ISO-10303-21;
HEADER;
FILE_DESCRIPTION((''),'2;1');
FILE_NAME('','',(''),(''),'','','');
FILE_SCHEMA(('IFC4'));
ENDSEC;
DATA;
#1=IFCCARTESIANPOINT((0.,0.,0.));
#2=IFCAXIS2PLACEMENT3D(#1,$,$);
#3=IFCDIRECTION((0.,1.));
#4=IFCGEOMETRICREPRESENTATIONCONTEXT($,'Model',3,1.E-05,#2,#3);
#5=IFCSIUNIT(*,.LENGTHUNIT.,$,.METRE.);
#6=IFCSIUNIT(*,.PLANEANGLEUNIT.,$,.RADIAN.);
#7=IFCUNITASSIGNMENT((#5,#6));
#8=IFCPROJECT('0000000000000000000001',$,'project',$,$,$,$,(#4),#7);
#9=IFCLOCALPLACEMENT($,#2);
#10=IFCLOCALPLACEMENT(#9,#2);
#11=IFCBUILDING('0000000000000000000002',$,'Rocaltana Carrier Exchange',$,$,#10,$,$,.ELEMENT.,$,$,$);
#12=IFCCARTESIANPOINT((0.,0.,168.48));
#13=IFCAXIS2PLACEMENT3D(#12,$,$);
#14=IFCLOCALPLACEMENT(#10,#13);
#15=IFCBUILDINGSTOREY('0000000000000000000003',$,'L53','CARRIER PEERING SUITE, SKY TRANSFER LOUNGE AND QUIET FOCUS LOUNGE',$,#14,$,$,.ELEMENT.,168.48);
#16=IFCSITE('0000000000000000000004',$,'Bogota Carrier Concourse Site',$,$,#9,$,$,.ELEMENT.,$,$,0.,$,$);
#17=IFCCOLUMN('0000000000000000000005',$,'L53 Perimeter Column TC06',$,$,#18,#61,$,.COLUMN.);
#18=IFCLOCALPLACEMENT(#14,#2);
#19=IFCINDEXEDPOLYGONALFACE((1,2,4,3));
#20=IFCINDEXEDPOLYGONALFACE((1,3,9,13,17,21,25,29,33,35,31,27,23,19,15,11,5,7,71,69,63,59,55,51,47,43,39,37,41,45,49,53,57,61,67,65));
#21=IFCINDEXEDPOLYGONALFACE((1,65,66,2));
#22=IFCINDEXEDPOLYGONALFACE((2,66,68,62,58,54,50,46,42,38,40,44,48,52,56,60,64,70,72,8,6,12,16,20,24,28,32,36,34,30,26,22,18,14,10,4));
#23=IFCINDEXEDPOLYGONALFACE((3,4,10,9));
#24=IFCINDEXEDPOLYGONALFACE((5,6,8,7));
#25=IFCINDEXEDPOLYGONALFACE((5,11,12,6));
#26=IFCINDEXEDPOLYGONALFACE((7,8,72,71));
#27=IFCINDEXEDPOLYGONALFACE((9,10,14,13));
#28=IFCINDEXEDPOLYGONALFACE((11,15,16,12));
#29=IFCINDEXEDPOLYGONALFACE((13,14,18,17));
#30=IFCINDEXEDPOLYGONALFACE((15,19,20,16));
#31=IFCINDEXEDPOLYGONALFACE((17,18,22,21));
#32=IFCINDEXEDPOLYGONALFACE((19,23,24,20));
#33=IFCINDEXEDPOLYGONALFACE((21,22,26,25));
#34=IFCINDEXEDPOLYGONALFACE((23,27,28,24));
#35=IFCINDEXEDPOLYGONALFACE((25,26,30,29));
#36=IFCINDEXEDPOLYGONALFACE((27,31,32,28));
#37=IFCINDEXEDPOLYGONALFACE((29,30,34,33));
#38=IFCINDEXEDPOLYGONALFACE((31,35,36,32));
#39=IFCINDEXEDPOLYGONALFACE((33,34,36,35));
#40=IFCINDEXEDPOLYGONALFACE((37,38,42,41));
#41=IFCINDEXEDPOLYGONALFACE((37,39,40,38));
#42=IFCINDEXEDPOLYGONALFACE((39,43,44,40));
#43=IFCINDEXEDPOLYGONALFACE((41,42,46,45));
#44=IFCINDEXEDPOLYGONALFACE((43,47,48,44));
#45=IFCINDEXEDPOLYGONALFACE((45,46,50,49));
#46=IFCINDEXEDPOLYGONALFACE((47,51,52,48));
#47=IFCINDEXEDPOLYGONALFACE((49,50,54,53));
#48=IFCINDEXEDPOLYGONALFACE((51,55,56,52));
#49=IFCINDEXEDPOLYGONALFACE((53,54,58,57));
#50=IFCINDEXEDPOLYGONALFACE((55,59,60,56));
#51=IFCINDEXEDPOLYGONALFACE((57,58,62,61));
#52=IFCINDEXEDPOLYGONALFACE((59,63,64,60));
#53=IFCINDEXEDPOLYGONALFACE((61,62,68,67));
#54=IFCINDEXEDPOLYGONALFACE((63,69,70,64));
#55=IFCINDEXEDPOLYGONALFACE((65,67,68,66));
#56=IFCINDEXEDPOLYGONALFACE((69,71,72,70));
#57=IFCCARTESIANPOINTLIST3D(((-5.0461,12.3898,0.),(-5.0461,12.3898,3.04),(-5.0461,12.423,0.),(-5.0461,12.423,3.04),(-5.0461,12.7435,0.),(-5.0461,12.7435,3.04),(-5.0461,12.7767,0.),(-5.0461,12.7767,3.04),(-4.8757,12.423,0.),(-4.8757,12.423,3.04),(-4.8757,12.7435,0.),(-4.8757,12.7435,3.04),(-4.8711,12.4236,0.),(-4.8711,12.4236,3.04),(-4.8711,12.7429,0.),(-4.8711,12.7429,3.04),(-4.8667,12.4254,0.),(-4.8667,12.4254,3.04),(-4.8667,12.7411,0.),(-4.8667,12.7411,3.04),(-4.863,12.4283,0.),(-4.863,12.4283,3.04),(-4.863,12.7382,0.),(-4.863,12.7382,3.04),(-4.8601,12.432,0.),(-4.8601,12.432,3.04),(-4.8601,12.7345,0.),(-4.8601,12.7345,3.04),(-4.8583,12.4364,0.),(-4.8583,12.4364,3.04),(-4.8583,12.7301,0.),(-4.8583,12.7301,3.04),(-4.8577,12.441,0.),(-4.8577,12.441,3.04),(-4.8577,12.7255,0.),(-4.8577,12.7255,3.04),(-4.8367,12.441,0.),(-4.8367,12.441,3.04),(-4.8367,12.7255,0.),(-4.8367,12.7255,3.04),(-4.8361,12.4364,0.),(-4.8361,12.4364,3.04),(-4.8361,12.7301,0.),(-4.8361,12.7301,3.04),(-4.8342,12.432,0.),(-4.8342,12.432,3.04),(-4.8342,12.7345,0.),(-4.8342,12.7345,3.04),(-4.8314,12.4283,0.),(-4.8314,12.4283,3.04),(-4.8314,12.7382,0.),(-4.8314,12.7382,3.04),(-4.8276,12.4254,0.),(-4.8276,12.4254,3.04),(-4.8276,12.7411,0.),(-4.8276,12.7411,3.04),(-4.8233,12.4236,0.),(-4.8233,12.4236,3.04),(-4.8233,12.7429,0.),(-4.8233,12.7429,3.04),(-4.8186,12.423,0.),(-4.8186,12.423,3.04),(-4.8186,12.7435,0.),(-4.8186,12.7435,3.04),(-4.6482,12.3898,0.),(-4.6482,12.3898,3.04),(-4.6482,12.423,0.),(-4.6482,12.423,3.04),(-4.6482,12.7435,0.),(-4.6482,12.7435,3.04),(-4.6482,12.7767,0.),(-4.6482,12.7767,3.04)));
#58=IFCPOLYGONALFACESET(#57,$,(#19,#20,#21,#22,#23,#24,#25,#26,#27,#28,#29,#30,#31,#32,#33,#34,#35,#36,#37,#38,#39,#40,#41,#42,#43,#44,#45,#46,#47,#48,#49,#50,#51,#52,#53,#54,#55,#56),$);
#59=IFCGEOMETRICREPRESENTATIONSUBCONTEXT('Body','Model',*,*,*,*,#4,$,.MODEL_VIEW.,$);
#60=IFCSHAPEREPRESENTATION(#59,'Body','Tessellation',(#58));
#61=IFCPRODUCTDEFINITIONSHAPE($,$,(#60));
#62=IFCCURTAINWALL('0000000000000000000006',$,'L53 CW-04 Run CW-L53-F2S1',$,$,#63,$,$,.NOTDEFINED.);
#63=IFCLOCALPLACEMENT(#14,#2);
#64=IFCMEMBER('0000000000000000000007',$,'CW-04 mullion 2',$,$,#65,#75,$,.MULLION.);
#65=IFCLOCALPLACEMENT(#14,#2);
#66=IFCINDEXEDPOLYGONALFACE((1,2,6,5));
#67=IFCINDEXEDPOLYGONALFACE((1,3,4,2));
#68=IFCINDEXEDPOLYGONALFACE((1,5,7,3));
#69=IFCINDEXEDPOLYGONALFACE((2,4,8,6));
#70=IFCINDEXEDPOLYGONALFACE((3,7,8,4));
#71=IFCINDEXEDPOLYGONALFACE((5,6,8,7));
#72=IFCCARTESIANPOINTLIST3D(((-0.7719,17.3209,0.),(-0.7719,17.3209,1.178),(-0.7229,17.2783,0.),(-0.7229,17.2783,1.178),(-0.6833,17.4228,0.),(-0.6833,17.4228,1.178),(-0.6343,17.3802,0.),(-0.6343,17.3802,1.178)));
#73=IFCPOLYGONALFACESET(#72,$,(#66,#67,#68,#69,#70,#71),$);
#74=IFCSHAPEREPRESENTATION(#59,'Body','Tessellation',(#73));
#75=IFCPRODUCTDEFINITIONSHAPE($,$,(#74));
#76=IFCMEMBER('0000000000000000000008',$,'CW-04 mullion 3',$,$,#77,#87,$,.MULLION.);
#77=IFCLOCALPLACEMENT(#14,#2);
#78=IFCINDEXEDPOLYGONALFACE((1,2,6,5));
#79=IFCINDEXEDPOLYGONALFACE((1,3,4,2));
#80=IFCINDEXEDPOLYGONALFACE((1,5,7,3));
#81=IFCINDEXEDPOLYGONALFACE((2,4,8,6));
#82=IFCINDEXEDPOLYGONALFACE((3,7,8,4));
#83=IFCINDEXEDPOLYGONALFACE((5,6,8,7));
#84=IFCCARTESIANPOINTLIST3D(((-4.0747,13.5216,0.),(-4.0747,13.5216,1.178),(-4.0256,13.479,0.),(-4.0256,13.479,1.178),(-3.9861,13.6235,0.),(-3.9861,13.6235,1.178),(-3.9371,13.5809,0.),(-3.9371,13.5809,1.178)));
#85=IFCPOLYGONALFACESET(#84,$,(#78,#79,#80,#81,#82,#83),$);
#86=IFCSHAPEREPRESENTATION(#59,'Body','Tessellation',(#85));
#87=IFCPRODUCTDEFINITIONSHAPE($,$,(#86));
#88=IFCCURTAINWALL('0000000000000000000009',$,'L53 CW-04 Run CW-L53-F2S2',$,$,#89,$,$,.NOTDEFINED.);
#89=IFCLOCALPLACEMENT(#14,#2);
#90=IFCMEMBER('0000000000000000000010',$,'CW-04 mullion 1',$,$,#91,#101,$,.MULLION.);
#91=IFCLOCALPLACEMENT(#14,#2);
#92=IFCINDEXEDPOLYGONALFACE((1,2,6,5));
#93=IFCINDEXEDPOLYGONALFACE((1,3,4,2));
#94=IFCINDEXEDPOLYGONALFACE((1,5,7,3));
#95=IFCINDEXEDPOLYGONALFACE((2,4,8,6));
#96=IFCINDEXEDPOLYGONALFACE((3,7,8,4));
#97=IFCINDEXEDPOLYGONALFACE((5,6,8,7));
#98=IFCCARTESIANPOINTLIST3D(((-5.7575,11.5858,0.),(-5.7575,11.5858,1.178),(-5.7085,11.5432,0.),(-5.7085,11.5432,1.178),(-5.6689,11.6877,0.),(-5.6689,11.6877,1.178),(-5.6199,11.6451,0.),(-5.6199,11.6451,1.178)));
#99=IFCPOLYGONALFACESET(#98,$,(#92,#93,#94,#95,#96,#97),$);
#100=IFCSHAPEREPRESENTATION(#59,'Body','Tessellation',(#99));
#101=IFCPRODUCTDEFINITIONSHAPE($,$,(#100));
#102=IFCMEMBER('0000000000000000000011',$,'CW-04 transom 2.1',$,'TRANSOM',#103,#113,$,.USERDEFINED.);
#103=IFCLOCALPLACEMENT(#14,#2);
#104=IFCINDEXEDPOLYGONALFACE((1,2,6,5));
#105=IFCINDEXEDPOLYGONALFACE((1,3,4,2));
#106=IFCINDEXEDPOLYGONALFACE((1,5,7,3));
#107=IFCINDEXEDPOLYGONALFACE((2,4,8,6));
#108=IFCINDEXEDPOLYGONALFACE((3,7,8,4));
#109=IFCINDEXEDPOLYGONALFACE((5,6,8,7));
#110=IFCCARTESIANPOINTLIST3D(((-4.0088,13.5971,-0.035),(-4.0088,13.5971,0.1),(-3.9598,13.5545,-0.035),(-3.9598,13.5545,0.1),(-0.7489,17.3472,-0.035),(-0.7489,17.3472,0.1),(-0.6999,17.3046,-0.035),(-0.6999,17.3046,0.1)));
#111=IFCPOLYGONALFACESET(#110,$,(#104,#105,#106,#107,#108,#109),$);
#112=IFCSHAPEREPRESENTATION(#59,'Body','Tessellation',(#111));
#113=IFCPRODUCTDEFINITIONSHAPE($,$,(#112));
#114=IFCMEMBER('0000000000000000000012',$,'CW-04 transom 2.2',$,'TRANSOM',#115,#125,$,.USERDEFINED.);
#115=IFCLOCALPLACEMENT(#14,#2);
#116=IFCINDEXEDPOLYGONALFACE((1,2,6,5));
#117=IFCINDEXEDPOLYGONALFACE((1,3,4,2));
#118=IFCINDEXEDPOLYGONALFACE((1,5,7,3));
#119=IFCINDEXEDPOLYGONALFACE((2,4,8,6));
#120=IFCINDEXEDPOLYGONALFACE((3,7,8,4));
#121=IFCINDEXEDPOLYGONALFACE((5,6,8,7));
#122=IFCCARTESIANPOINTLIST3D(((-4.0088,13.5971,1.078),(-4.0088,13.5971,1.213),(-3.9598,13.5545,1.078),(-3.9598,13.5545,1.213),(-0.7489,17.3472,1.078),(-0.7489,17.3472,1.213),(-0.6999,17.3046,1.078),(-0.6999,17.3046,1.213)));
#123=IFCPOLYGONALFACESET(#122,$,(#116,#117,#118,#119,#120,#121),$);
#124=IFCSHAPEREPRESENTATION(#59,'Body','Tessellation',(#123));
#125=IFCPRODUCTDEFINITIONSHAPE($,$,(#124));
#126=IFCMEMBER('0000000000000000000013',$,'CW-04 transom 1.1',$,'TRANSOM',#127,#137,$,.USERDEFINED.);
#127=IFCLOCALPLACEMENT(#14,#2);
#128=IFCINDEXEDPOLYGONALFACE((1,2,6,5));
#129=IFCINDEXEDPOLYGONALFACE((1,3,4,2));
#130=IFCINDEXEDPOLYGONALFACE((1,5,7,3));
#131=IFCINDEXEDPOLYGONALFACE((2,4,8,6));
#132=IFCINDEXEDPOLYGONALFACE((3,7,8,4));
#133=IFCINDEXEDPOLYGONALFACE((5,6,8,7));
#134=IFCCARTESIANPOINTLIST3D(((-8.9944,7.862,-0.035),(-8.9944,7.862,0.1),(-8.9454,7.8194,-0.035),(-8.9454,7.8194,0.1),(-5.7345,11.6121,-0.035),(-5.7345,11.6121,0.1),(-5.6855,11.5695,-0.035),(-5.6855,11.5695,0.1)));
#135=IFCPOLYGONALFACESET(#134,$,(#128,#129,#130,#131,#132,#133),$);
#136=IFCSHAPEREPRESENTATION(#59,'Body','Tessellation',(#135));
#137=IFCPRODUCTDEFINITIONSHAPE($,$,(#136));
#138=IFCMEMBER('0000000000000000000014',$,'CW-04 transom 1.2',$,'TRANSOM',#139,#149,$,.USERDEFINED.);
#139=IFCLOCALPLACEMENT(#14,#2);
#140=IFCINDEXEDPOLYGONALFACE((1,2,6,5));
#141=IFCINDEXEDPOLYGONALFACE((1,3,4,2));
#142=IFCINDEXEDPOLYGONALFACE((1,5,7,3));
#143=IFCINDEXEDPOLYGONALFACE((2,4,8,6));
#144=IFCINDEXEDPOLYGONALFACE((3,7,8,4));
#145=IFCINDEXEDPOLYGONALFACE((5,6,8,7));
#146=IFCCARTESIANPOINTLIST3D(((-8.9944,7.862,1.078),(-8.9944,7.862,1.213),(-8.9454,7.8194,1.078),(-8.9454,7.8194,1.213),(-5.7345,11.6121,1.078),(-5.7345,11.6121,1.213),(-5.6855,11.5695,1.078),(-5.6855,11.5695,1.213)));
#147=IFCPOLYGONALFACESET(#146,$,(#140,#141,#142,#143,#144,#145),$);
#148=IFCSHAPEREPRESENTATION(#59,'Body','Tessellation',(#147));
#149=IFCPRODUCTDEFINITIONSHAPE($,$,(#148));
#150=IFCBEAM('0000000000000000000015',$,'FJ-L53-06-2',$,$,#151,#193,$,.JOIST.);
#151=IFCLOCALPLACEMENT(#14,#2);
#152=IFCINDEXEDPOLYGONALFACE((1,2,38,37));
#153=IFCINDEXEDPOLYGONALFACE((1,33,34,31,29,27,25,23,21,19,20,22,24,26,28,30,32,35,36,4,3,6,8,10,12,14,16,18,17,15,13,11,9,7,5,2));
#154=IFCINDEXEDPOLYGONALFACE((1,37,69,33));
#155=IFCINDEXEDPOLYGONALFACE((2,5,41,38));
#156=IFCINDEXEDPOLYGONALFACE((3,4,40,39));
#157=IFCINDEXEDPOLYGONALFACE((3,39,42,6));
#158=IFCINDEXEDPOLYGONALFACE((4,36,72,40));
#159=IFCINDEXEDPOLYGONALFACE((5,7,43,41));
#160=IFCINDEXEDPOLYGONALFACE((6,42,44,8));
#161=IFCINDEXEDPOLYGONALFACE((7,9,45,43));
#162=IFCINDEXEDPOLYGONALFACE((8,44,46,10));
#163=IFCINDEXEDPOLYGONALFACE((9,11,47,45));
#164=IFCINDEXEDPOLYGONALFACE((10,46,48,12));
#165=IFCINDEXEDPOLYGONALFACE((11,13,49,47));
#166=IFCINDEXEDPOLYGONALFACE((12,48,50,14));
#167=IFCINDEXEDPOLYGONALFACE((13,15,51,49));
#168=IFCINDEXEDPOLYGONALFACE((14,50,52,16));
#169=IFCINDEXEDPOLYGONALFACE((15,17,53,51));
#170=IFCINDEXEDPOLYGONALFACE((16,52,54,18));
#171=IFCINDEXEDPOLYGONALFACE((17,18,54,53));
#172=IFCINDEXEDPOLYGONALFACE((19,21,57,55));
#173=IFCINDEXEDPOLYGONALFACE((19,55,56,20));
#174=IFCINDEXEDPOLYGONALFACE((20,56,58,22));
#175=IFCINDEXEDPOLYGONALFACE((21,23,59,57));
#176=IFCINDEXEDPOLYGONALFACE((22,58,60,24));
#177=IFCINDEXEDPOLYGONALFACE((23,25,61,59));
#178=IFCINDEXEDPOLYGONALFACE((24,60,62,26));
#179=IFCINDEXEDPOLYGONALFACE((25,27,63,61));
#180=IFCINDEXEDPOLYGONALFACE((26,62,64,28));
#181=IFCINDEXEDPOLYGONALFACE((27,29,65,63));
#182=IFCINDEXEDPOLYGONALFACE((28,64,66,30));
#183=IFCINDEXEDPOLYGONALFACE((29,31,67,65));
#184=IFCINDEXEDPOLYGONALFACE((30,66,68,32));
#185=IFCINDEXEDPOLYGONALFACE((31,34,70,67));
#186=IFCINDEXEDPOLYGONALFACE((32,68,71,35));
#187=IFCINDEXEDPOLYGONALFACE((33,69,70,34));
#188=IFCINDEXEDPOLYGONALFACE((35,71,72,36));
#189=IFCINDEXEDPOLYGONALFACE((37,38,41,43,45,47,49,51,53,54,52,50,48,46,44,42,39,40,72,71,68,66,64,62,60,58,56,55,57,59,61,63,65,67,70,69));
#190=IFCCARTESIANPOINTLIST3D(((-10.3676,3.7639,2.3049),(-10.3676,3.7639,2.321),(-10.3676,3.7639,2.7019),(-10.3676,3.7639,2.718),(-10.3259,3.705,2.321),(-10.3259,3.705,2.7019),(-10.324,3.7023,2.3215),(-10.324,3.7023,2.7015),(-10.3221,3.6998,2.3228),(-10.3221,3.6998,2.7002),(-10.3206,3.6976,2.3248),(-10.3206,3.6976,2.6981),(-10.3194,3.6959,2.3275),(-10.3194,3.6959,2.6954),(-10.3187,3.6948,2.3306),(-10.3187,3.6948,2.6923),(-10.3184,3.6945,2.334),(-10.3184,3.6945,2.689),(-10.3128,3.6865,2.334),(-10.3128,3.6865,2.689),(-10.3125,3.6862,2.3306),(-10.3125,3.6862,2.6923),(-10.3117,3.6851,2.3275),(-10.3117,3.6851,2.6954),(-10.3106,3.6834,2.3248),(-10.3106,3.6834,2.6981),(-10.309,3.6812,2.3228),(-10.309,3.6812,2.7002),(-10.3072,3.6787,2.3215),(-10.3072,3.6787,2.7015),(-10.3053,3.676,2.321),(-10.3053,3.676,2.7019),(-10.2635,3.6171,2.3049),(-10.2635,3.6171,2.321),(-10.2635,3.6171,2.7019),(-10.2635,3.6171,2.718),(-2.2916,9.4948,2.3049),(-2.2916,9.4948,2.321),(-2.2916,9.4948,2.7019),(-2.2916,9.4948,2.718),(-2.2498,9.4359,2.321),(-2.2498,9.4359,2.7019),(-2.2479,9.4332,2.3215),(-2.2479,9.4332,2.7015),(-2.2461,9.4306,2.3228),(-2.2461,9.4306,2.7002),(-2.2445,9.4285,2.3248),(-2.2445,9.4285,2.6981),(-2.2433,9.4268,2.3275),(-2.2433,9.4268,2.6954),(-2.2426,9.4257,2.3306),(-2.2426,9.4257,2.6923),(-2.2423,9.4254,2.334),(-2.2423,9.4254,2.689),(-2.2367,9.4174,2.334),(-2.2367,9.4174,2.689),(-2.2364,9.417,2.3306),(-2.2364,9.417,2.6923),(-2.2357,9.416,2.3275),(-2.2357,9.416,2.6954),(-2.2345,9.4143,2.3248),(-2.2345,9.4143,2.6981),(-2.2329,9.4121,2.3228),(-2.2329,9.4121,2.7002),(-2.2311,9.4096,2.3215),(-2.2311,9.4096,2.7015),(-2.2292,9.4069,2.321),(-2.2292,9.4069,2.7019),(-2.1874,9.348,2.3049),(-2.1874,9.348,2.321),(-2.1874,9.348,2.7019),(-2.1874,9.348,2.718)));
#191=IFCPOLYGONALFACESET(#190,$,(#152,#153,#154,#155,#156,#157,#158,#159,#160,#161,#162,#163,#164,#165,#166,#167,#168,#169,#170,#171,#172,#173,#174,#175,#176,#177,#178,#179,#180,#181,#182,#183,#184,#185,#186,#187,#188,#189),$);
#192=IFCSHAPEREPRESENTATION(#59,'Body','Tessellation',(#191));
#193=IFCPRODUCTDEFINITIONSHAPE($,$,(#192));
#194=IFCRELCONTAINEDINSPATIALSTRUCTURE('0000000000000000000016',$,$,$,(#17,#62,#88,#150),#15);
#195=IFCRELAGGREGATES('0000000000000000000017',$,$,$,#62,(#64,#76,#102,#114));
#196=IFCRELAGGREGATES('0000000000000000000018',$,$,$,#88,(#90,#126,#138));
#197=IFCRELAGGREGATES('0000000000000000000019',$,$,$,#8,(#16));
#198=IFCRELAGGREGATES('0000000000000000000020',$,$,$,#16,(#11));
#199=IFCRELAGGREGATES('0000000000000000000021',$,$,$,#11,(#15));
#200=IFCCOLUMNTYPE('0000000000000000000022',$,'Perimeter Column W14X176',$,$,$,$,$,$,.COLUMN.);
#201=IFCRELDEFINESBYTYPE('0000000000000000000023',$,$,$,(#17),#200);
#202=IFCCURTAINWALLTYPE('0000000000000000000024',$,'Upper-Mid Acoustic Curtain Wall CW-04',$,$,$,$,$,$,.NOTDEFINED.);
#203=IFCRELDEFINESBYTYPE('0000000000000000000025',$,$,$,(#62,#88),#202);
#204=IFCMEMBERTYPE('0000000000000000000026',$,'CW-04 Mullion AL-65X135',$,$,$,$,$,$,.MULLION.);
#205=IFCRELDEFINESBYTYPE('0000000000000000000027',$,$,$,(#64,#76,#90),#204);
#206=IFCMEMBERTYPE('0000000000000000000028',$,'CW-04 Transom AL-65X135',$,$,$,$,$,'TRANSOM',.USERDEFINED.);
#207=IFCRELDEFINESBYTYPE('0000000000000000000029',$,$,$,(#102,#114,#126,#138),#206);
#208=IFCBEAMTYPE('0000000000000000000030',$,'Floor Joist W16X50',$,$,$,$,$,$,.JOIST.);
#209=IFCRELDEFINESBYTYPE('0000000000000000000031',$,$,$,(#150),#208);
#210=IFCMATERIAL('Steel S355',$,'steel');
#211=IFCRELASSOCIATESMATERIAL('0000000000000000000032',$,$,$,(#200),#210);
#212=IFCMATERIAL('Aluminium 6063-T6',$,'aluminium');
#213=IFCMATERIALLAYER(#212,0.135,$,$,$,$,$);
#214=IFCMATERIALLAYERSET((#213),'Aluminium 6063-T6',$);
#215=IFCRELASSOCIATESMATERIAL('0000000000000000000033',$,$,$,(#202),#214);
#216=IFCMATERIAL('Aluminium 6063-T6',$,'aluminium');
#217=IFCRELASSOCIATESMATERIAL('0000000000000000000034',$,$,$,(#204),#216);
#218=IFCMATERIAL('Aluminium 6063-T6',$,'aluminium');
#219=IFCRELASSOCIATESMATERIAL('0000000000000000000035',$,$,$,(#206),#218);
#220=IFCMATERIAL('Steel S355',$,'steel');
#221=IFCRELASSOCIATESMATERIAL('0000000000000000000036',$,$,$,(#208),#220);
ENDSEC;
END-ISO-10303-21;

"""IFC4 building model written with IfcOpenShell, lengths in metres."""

from ifc_helpers import new_model, si_unit, direction, frame, origin, origin_2d, place, context, subcontext, project, spatial, rectangle, i_section, extrude, material, layer, layer_set, material_profile, profile_set, type_object, element, aggregate, save


model = new_model("IFC4")

# Units and contexts
model_context = context("Model", 3, precision=1e-05, world=origin(), true_north=direction((0.0, 1.0)))
body_context = subcontext(model_context, "Body", "Model", "MODEL_VIEW")
ifc_project = project(units=[si_unit("LENGTHUNIT", "METRE"), si_unit("PLANEANGLEUNIT", "RADIAN")], contexts=[model_context])

# Site, building, storey
site_placement = place(None, origin())
site = spatial("IfcSite", under=ifc_project, at=site_placement, Name="Bogota Carrier Concourse Site", CompositionType="ELEMENT", RefElevation=0.0)
building_placement = place(site_placement, origin())
building = spatial("IfcBuilding", under=site, at=building_placement, Name="Rocaltana Carrier Exchange", CompositionType="ELEMENT")
storey_placement = place(building_placement, frame((0.0, 0.0, 168.48)))
storey = spatial("IfcBuildingStorey", under=building, at=storey_placement, Name="L53", Description="CARRIER PEERING SUITE, SKY TRANSFER LOUNGE AND QUIET FOCUS LOUNGE", CompositionType="ELEMENT", Elevation=168.48)

# Column
ifc_material_1 = material(Name="Steel S355", Category="steel")
ifc_material_profile_1 = material_profile(ifc_material_1, i_section(OverallWidth=0.3979, OverallDepth=0.387, WebThickness=0.021, FlangeThickness=0.0332, FilletRadius=0.0181, at=origin_2d()), Name="W14X176")
ifc_profile_set_1 = profile_set([ifc_material_profile_1], Name="Steel S355")
column_type = type_object("IfcColumnType", Name="Perimeter Column W14X176", PredefinedType="COLUMN", material=ifc_profile_set_1)
column_placement = place(storey_placement, frame((-4.8472, 12.5833, 0.0), z_axis=(0.0, 0.0, 1.0), x_axis=(1.0, 0.0, 0.0)))
element("IfcColumn", 1, at=column_placement, inside=storey, type_object=column_type, Name="L53 Perimeter Column TC06", PredefinedType="COLUMN", context=body_context, shape_type="SweptSolid", body=[
    extrude(i_section(OverallWidth=0.3979, OverallDepth=0.387, WebThickness=0.021, FlangeThickness=0.0332, FilletRadius=0.0181, at=origin_2d()), origin(), (0.0, 0.0, 1.0), 3.04),
])

# Curtain wall, members
ifc_material_2 = material(Name="Aluminium 6063-T6", Category="aluminium")
ifc_layer_1 = layer(ifc_material_2, 0.135)
ifc_layer_set_1 = layer_set([ifc_layer_1], Name="Aluminium 6063-T6")
curtain_wall_type = type_object("IfcCurtainWallType", Name="Upper-Mid Acoustic Curtain Wall CW-04", PredefinedType="NOTDEFINED", material=ifc_layer_set_1)
curtain_wall_1_placement = place(storey_placement, origin())
curtain_wall_1 = element("IfcCurtainWall", 2, at=curtain_wall_1_placement, inside=storey, type_object=curtain_wall_type, Name="L53 CW-04 Run CW-L53-F2S1", PredefinedType="NOTDEFINED")
ifc_material_3 = material(Name="Aluminium 6063-T6", Category="aluminium")
ifc_material_profile_2 = material_profile(ifc_material_3, rectangle(XDim=0.0649, YDim=0.135, at=origin_2d()), Name="AL-65X135")
ifc_profile_set_2 = profile_set([ifc_material_profile_2], Name="Aluminium 6063-T6")
member_type_1 = type_object("IfcMemberType", Name="CW-04 Mullion AL-65X135", PredefinedType="MULLION", material=ifc_profile_set_2)
member_1_placement = place(storey_placement, frame((-0.7031, 17.3506, 0.0), z_axis=(0.0, 0.0, 1.0), x_axis=(0.754712, -0.656057, 0.0)))
member_1 = element("IfcMember", 3, at=member_1_placement, type_object=member_type_1, Name="CW-04 mullion 2", PredefinedType="MULLION", context=body_context, shape_type="SweptSolid", body=[
    extrude(rectangle(XDim=0.0649, YDim=0.135, at=origin_2d()), origin(), (0.0, 0.0, 1.0), 1.178),
])
member_2_placement = place(storey_placement, frame((-4.0059, 13.5513, 0.0), z_axis=(0.0, 0.0, 1.0), x_axis=(0.754712, -0.656057, 0.0)))
member_2 = element("IfcMember", 4, at=member_2_placement, type_object=member_type_1, Name="CW-04 mullion 3", PredefinedType="MULLION", context=body_context, shape_type="SweptSolid", body=[
    extrude(rectangle(XDim=0.0649, YDim=0.135, at=origin_2d()), origin(), (0.0, 0.0, 1.0), 1.178),
])

# Curtain wall, member
curtain_wall_2_placement = place(storey_placement, origin())
curtain_wall_2 = element("IfcCurtainWall", 5, at=curtain_wall_2_placement, inside=storey, type_object=curtain_wall_type, Name="L53 CW-04 Run CW-L53-F2S2", PredefinedType="NOTDEFINED")
member_3_placement = place(storey_placement, frame((-5.6887, 11.6155, 0.0), z_axis=(0.0, 0.0, 1.0), x_axis=(0.754712, -0.656057, 0.0)))
member_3 = element("IfcMember", 6, at=member_3_placement, type_object=member_type_1, Name="CW-04 mullion 1", PredefinedType="MULLION", context=body_context, shape_type="SweptSolid", body=[
    extrude(rectangle(XDim=0.0649, YDim=0.135, at=origin_2d()), origin(), (0.0, 0.0, 1.0), 1.178),
])

# Members
ifc_material_4 = material(Name="Aluminium 6063-T6", Category="aluminium")
ifc_material_profile_3 = material_profile(ifc_material_4, rectangle(XDim=0.0649, YDim=0.135, at=origin_2d()), Name="AL-65X135")
ifc_profile_set_3 = profile_set([ifc_material_profile_3], Name="Aluminium 6063-T6")
member_type_2 = type_object("IfcMemberType", Name="CW-04 Transom AL-65X135", ElementType="TRANSOM", PredefinedType="USERDEFINED", material=ifc_profile_set_3)
member_4_placement = place(storey_placement, frame((-0.7244, 17.3259, 0.0325), z_axis=(-0.656056, -0.754712, 0.0), x_axis=(0.754712, -0.656056, 0.0)))
member_4 = element("IfcMember", 7, at=member_4_placement, type_object=member_type_2, Name="CW-04 transom 2.1", ObjectType="TRANSOM", PredefinedType="USERDEFINED", context=body_context, shape_type="SweptSolid", body=[
    extrude(rectangle(XDim=0.0649, YDim=0.135, at=origin_2d()), origin(), (0.0, 0.0, 1.0), 4.969),
])
member_5_placement = place(storey_placement, frame((-0.7244, 17.3259, 1.1455), z_axis=(-0.656056, -0.754712, 0.0), x_axis=(0.754712, -0.656056, 0.0)))
member_5 = element("IfcMember", 8, at=member_5_placement, type_object=member_type_2, Name="CW-04 transom 2.2", ObjectType="TRANSOM", PredefinedType="USERDEFINED", context=body_context, shape_type="SweptSolid", body=[
    extrude(rectangle(XDim=0.0649, YDim=0.135, at=origin_2d()), origin(), (0.0, 0.0, 1.0), 4.969),
])
member_6_placement = place(storey_placement, frame((-5.71, 11.5908, 0.0325), z_axis=(-0.656056, -0.754712, 0.0), x_axis=(0.754712, -0.656056, 0.0)))
member_6 = element("IfcMember", 9, at=member_6_placement, type_object=member_type_2, Name="CW-04 transom 1.1", ObjectType="TRANSOM", PredefinedType="USERDEFINED", context=body_context, shape_type="SweptSolid", body=[
    extrude(rectangle(XDim=0.0649, YDim=0.135, at=origin_2d()), origin(), (0.0, 0.0, 1.0), 4.969),
])
member_7_placement = place(storey_placement, frame((-5.71, 11.5908, 1.1455), z_axis=(-0.656056, -0.754712, 0.0), x_axis=(0.754712, -0.656056, 0.0)))
member_7 = element("IfcMember", 10, at=member_7_placement, type_object=member_type_2, Name="CW-04 transom 1.2", ObjectType="TRANSOM", PredefinedType="USERDEFINED", context=body_context, shape_type="SweptSolid", body=[
    extrude(rectangle(XDim=0.0649, YDim=0.135, at=origin_2d()), origin(), (0.0, 0.0, 1.0), 4.969),
])

# Beam
ifc_material_5 = material(Name="Steel S355", Category="steel")
ifc_material_profile_4 = material_profile(ifc_material_5, i_section(OverallWidth=0.1799, OverallDepth=0.4131, WebThickness=0.0098, FlangeThickness=0.0161, FilletRadius=0.0129, at=origin_2d()), Name="W16X50")
ifc_profile_set_4 = profile_set([ifc_material_profile_4], Name="Steel S355")
beam_type_1 = type_object("IfcBeamType", Name="Floor Joist W16X50", PredefinedType="JOIST", material=ifc_profile_set_4)
beam_1_placement = place(storey_placement, frame((-2.2395, 9.4214, 2.5115), z_axis=(-0.815532, -0.578712, 0.0), x_axis=(0.578712, -0.815532, 0.0)))
element("IfcBeam", 11, at=beam_1_placement, inside=storey, type_object=beam_type_1, Name="FJ-L53-06-2", PredefinedType="JOIST", context=body_context, shape_type="SweptSolid", body=[
    extrude(i_section(OverallWidth=0.1799, OverallDepth=0.4131, WebThickness=0.0098, FlangeThickness=0.0161, FilletRadius=0.0129, at=origin_2d()), origin(), (0.0, 0.0, 1.0), 9.9028),
])

aggregate(curtain_wall_1, [member_1, member_2, member_4, member_5])
aggregate(curtain_wall_2, [member_3, member_6, member_7])

save(model, "model.ifc")
